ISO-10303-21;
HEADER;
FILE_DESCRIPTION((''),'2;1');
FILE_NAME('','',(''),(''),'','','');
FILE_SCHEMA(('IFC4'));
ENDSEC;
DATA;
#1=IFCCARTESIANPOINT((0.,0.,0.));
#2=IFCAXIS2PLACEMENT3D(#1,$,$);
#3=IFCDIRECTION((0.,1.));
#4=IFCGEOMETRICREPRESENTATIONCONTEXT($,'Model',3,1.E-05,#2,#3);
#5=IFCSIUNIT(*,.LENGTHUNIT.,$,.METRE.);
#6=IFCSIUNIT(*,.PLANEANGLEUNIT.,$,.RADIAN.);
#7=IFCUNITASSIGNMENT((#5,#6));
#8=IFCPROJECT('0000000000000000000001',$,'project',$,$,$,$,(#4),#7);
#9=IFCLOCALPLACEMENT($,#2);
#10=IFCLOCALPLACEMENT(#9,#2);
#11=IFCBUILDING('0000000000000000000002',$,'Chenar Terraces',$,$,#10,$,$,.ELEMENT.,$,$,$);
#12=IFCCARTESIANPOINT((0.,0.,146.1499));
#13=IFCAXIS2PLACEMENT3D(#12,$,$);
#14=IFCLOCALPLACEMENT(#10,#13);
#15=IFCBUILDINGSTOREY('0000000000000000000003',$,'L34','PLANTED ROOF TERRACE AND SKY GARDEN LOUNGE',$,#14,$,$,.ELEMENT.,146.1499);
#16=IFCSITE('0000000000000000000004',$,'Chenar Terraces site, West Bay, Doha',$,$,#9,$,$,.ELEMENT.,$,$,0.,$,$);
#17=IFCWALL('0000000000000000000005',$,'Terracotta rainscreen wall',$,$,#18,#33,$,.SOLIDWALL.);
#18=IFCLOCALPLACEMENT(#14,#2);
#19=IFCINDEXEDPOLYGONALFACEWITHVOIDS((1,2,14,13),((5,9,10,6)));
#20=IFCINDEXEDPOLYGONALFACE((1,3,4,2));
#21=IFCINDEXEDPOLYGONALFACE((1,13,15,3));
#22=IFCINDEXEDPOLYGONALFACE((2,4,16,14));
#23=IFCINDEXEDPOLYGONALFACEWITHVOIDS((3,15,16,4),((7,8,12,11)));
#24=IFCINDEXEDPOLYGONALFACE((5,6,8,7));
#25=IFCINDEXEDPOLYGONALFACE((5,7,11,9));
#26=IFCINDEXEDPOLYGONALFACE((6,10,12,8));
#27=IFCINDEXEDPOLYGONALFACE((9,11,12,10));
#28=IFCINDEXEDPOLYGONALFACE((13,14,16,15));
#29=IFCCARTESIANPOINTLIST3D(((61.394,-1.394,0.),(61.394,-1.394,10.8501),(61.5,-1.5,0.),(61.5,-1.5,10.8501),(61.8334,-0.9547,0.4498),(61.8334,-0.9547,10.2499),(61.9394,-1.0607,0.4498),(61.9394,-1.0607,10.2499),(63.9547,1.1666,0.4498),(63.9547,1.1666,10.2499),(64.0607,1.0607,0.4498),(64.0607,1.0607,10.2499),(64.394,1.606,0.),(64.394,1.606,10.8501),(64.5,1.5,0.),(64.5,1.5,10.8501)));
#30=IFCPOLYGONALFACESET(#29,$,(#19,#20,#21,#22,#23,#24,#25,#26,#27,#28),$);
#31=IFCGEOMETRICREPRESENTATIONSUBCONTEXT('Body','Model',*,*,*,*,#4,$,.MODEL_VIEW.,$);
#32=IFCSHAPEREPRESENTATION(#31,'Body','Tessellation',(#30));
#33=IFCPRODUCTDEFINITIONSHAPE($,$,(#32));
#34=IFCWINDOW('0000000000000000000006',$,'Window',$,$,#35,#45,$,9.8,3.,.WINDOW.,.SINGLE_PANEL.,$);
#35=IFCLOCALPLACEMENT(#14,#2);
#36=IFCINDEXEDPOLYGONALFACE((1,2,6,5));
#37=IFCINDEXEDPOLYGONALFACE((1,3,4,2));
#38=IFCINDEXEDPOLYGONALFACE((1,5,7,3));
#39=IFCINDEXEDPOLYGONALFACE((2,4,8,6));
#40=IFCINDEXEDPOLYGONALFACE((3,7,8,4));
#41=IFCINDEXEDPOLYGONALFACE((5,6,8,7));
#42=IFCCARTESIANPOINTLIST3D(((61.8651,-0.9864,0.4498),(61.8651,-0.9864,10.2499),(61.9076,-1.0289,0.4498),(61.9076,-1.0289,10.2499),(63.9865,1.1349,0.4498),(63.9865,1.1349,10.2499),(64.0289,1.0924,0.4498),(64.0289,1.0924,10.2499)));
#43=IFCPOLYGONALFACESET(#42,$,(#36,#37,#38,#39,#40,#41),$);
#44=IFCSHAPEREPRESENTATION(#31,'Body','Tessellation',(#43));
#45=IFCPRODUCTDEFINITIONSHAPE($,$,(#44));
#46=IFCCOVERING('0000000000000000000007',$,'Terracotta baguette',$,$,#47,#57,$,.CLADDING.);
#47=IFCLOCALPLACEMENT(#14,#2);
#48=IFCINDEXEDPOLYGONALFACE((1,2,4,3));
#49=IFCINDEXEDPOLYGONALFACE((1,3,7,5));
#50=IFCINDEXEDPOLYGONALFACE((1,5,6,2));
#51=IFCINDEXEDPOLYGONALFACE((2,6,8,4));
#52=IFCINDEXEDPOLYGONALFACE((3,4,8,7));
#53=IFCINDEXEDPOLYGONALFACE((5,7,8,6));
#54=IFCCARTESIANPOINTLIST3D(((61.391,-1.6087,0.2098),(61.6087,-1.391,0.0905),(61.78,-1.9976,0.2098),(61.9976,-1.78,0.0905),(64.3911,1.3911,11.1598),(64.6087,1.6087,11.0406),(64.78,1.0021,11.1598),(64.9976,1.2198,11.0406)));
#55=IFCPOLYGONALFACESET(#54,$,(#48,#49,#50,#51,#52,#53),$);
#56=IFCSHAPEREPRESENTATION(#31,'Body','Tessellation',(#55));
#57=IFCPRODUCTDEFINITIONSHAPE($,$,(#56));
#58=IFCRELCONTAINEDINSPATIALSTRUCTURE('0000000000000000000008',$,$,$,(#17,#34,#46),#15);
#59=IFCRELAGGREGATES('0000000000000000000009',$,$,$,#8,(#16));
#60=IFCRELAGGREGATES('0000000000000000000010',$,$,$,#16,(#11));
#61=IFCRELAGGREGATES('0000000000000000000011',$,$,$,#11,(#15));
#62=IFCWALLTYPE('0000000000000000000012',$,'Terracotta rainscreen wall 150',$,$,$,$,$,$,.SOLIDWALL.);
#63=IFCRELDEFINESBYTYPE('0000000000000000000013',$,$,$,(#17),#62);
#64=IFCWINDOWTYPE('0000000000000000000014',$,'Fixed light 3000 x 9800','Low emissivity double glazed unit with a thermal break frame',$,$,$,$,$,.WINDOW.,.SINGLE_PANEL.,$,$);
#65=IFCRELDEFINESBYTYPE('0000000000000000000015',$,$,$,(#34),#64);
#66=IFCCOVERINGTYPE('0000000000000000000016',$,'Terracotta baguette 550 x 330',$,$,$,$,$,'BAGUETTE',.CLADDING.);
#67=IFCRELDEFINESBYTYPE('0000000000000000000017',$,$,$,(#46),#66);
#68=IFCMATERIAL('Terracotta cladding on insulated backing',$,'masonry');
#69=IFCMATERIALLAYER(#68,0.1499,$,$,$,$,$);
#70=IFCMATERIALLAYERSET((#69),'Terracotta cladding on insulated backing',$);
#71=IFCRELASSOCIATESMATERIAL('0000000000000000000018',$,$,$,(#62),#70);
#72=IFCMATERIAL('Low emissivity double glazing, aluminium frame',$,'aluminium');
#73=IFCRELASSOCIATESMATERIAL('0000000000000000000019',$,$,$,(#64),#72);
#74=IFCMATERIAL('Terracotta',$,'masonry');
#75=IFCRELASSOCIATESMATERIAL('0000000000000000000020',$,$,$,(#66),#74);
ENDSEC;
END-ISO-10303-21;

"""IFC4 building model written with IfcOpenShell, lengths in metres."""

from ifc_helpers import new_model, si_unit, direction, frame, frame_2d, origin, origin_2d, place, context, subcontext, project, spatial, rectangle, extrude, material, layer, layer_set, material_profile, profile_set, type_object, element, fill, save


model = new_model("IFC4")

# Units and contexts
model_context = context("Model", 3, precision=1e-05, world=origin(), true_north=direction((0.0, 1.0)))
body_context = subcontext(model_context, "Body", "Model", "MODEL_VIEW")
ifc_project = project(units=[si_unit("LENGTHUNIT", "METRE"), si_unit("PLANEANGLEUNIT", "RADIAN")], contexts=[model_context])

# Site, building, storey
site_placement = place(None, origin())
site = spatial("IfcSite", under=ifc_project, at=site_placement, Name="Chenar Terraces site, West Bay, Doha", CompositionType="ELEMENT", RefElevation=0.0)
building_placement = place(site_placement, origin())
building = spatial("IfcBuilding", under=site, at=building_placement, Name="Chenar Terraces", CompositionType="ELEMENT")
storey_placement = place(building_placement, frame((0.0, 0.0, 146.1499)))
storey = spatial("IfcBuildingStorey", under=building, at=storey_placement, Name="L34", Description="PLANTED ROOF TERRACE AND SKY GARDEN LOUNGE", CompositionType="ELEMENT", Elevation=146.1499)

# Wall, opening, window
ifc_material_1 = material(Name="Terracotta cladding on insulated backing", Category="masonry")
ifc_layer_1 = layer(ifc_material_1, 0.1499)
ifc_layer_set_1 = layer_set([ifc_layer_1], Name="Terracotta cladding on insulated backing")
wall_type = type_object("IfcWallType", Name="Terracotta rainscreen wall 150", PredefinedType="SOLIDWALL", material=ifc_layer_set_1)
wall_placement = place(storey_placement, frame((61.447, -1.447, 0.0), z_axis=(0.0, 0.0, 1.0), x_axis=(0.707107, 0.707107, 0.0)))
wall = element("IfcWall", 1, at=wall_placement, inside=storey, type_object=wall_type, Name="Terracotta rainscreen wall", PredefinedType="SOLIDWALL", context=body_context, shape_type="SweptSolid", body=[
    extrude(rectangle(XDim=4.2427, YDim=0.1499, at=frame_2d((2.1213, 0.0))), origin(), (0.0, 0.0, 1.0), 10.8501),
])
opening_placement = place(wall_placement, frame((0.6213, 0.0, 0.45)))
opening = element("IfcOpeningElement", 2, at=opening_placement, cuts=wall, PredefinedType="OPENING", context=body_context, shape_type="SweptSolid", body=[
    extrude(rectangle(XDim=3.0, YDim=9.8, at=frame_2d((1.5, 4.8999))), frame((0.0, 0.085, 0.0), z_axis=(0.0, -1.0, 0.0), x_axis=(1.0, 0.0, 0.0)), (0.0, 0.0, 1.0), 0.1699),
])
ifc_material_2 = material(Name="Low emissivity double glazing, aluminium frame", Category="aluminium")
window_type = type_object("IfcWindowType", Name="Fixed light 3000 x 9800", Description="Low emissivity double glazed unit with a thermal break frame", PartitioningType="SINGLE_PANEL", PredefinedType="WINDOW", material=ifc_material_2)
window_placement = place(opening_placement, origin())
window = element("IfcWindow", 3, at=window_placement, inside=storey, type_object=window_type, Name="Window", OverallHeight=9.8, OverallWidth=3.0, PartitioningType="SINGLE_PANEL", PredefinedType="WINDOW", context=body_context, shape_type="SweptSolid", body=[
    extrude(rectangle(XDim=3.0, YDim=9.8, at=frame_2d((1.5, 4.8999))), frame((0.0, 0.03, 0.0), z_axis=(0.0, -1.0, 0.0), x_axis=(1.0, 0.0, 0.0)), (0.0, 0.0, 1.0), 0.0601),
])
fill(opening, window)

# Covering
ifc_material_3 = material(Name="Terracotta", Category="masonry")
ifc_material_profile_1 = material_profile(ifc_material_3, rectangle(XDim=0.55, YDim=0.3301, at=origin_2d()), Name="Terracotta baguette 550 x 330")
ifc_profile_set_1 = profile_set([ifc_material_profile_1], Name="Terracotta")
covering_type = type_object("IfcCoveringType", Name="Terracotta baguette 550 x 330", ElementType="BAGUETTE", PredefinedType="CLADDING", material=ifc_profile_set_1)
covering_placement = place(storey_placement, frame((61.6943, -1.6943, 0.1501), z_axis=(0.25547, 0.255449, 0.93246), x_axis=(-0.707078, 0.707136, 0.0)))
element("IfcCovering", 4, at=covering_placement, inside=storey, type_object=covering_type, Name="Terracotta baguette", PredefinedType="CLADDING", context=body_context, shape_type="SweptSolid", body=[
    extrude(rectangle(XDim=0.55, YDim=0.3301, at=origin_2d()), origin(), (0.0, 0.0, 1.0), 11.7432),
])

save(model, "model.ifc")
